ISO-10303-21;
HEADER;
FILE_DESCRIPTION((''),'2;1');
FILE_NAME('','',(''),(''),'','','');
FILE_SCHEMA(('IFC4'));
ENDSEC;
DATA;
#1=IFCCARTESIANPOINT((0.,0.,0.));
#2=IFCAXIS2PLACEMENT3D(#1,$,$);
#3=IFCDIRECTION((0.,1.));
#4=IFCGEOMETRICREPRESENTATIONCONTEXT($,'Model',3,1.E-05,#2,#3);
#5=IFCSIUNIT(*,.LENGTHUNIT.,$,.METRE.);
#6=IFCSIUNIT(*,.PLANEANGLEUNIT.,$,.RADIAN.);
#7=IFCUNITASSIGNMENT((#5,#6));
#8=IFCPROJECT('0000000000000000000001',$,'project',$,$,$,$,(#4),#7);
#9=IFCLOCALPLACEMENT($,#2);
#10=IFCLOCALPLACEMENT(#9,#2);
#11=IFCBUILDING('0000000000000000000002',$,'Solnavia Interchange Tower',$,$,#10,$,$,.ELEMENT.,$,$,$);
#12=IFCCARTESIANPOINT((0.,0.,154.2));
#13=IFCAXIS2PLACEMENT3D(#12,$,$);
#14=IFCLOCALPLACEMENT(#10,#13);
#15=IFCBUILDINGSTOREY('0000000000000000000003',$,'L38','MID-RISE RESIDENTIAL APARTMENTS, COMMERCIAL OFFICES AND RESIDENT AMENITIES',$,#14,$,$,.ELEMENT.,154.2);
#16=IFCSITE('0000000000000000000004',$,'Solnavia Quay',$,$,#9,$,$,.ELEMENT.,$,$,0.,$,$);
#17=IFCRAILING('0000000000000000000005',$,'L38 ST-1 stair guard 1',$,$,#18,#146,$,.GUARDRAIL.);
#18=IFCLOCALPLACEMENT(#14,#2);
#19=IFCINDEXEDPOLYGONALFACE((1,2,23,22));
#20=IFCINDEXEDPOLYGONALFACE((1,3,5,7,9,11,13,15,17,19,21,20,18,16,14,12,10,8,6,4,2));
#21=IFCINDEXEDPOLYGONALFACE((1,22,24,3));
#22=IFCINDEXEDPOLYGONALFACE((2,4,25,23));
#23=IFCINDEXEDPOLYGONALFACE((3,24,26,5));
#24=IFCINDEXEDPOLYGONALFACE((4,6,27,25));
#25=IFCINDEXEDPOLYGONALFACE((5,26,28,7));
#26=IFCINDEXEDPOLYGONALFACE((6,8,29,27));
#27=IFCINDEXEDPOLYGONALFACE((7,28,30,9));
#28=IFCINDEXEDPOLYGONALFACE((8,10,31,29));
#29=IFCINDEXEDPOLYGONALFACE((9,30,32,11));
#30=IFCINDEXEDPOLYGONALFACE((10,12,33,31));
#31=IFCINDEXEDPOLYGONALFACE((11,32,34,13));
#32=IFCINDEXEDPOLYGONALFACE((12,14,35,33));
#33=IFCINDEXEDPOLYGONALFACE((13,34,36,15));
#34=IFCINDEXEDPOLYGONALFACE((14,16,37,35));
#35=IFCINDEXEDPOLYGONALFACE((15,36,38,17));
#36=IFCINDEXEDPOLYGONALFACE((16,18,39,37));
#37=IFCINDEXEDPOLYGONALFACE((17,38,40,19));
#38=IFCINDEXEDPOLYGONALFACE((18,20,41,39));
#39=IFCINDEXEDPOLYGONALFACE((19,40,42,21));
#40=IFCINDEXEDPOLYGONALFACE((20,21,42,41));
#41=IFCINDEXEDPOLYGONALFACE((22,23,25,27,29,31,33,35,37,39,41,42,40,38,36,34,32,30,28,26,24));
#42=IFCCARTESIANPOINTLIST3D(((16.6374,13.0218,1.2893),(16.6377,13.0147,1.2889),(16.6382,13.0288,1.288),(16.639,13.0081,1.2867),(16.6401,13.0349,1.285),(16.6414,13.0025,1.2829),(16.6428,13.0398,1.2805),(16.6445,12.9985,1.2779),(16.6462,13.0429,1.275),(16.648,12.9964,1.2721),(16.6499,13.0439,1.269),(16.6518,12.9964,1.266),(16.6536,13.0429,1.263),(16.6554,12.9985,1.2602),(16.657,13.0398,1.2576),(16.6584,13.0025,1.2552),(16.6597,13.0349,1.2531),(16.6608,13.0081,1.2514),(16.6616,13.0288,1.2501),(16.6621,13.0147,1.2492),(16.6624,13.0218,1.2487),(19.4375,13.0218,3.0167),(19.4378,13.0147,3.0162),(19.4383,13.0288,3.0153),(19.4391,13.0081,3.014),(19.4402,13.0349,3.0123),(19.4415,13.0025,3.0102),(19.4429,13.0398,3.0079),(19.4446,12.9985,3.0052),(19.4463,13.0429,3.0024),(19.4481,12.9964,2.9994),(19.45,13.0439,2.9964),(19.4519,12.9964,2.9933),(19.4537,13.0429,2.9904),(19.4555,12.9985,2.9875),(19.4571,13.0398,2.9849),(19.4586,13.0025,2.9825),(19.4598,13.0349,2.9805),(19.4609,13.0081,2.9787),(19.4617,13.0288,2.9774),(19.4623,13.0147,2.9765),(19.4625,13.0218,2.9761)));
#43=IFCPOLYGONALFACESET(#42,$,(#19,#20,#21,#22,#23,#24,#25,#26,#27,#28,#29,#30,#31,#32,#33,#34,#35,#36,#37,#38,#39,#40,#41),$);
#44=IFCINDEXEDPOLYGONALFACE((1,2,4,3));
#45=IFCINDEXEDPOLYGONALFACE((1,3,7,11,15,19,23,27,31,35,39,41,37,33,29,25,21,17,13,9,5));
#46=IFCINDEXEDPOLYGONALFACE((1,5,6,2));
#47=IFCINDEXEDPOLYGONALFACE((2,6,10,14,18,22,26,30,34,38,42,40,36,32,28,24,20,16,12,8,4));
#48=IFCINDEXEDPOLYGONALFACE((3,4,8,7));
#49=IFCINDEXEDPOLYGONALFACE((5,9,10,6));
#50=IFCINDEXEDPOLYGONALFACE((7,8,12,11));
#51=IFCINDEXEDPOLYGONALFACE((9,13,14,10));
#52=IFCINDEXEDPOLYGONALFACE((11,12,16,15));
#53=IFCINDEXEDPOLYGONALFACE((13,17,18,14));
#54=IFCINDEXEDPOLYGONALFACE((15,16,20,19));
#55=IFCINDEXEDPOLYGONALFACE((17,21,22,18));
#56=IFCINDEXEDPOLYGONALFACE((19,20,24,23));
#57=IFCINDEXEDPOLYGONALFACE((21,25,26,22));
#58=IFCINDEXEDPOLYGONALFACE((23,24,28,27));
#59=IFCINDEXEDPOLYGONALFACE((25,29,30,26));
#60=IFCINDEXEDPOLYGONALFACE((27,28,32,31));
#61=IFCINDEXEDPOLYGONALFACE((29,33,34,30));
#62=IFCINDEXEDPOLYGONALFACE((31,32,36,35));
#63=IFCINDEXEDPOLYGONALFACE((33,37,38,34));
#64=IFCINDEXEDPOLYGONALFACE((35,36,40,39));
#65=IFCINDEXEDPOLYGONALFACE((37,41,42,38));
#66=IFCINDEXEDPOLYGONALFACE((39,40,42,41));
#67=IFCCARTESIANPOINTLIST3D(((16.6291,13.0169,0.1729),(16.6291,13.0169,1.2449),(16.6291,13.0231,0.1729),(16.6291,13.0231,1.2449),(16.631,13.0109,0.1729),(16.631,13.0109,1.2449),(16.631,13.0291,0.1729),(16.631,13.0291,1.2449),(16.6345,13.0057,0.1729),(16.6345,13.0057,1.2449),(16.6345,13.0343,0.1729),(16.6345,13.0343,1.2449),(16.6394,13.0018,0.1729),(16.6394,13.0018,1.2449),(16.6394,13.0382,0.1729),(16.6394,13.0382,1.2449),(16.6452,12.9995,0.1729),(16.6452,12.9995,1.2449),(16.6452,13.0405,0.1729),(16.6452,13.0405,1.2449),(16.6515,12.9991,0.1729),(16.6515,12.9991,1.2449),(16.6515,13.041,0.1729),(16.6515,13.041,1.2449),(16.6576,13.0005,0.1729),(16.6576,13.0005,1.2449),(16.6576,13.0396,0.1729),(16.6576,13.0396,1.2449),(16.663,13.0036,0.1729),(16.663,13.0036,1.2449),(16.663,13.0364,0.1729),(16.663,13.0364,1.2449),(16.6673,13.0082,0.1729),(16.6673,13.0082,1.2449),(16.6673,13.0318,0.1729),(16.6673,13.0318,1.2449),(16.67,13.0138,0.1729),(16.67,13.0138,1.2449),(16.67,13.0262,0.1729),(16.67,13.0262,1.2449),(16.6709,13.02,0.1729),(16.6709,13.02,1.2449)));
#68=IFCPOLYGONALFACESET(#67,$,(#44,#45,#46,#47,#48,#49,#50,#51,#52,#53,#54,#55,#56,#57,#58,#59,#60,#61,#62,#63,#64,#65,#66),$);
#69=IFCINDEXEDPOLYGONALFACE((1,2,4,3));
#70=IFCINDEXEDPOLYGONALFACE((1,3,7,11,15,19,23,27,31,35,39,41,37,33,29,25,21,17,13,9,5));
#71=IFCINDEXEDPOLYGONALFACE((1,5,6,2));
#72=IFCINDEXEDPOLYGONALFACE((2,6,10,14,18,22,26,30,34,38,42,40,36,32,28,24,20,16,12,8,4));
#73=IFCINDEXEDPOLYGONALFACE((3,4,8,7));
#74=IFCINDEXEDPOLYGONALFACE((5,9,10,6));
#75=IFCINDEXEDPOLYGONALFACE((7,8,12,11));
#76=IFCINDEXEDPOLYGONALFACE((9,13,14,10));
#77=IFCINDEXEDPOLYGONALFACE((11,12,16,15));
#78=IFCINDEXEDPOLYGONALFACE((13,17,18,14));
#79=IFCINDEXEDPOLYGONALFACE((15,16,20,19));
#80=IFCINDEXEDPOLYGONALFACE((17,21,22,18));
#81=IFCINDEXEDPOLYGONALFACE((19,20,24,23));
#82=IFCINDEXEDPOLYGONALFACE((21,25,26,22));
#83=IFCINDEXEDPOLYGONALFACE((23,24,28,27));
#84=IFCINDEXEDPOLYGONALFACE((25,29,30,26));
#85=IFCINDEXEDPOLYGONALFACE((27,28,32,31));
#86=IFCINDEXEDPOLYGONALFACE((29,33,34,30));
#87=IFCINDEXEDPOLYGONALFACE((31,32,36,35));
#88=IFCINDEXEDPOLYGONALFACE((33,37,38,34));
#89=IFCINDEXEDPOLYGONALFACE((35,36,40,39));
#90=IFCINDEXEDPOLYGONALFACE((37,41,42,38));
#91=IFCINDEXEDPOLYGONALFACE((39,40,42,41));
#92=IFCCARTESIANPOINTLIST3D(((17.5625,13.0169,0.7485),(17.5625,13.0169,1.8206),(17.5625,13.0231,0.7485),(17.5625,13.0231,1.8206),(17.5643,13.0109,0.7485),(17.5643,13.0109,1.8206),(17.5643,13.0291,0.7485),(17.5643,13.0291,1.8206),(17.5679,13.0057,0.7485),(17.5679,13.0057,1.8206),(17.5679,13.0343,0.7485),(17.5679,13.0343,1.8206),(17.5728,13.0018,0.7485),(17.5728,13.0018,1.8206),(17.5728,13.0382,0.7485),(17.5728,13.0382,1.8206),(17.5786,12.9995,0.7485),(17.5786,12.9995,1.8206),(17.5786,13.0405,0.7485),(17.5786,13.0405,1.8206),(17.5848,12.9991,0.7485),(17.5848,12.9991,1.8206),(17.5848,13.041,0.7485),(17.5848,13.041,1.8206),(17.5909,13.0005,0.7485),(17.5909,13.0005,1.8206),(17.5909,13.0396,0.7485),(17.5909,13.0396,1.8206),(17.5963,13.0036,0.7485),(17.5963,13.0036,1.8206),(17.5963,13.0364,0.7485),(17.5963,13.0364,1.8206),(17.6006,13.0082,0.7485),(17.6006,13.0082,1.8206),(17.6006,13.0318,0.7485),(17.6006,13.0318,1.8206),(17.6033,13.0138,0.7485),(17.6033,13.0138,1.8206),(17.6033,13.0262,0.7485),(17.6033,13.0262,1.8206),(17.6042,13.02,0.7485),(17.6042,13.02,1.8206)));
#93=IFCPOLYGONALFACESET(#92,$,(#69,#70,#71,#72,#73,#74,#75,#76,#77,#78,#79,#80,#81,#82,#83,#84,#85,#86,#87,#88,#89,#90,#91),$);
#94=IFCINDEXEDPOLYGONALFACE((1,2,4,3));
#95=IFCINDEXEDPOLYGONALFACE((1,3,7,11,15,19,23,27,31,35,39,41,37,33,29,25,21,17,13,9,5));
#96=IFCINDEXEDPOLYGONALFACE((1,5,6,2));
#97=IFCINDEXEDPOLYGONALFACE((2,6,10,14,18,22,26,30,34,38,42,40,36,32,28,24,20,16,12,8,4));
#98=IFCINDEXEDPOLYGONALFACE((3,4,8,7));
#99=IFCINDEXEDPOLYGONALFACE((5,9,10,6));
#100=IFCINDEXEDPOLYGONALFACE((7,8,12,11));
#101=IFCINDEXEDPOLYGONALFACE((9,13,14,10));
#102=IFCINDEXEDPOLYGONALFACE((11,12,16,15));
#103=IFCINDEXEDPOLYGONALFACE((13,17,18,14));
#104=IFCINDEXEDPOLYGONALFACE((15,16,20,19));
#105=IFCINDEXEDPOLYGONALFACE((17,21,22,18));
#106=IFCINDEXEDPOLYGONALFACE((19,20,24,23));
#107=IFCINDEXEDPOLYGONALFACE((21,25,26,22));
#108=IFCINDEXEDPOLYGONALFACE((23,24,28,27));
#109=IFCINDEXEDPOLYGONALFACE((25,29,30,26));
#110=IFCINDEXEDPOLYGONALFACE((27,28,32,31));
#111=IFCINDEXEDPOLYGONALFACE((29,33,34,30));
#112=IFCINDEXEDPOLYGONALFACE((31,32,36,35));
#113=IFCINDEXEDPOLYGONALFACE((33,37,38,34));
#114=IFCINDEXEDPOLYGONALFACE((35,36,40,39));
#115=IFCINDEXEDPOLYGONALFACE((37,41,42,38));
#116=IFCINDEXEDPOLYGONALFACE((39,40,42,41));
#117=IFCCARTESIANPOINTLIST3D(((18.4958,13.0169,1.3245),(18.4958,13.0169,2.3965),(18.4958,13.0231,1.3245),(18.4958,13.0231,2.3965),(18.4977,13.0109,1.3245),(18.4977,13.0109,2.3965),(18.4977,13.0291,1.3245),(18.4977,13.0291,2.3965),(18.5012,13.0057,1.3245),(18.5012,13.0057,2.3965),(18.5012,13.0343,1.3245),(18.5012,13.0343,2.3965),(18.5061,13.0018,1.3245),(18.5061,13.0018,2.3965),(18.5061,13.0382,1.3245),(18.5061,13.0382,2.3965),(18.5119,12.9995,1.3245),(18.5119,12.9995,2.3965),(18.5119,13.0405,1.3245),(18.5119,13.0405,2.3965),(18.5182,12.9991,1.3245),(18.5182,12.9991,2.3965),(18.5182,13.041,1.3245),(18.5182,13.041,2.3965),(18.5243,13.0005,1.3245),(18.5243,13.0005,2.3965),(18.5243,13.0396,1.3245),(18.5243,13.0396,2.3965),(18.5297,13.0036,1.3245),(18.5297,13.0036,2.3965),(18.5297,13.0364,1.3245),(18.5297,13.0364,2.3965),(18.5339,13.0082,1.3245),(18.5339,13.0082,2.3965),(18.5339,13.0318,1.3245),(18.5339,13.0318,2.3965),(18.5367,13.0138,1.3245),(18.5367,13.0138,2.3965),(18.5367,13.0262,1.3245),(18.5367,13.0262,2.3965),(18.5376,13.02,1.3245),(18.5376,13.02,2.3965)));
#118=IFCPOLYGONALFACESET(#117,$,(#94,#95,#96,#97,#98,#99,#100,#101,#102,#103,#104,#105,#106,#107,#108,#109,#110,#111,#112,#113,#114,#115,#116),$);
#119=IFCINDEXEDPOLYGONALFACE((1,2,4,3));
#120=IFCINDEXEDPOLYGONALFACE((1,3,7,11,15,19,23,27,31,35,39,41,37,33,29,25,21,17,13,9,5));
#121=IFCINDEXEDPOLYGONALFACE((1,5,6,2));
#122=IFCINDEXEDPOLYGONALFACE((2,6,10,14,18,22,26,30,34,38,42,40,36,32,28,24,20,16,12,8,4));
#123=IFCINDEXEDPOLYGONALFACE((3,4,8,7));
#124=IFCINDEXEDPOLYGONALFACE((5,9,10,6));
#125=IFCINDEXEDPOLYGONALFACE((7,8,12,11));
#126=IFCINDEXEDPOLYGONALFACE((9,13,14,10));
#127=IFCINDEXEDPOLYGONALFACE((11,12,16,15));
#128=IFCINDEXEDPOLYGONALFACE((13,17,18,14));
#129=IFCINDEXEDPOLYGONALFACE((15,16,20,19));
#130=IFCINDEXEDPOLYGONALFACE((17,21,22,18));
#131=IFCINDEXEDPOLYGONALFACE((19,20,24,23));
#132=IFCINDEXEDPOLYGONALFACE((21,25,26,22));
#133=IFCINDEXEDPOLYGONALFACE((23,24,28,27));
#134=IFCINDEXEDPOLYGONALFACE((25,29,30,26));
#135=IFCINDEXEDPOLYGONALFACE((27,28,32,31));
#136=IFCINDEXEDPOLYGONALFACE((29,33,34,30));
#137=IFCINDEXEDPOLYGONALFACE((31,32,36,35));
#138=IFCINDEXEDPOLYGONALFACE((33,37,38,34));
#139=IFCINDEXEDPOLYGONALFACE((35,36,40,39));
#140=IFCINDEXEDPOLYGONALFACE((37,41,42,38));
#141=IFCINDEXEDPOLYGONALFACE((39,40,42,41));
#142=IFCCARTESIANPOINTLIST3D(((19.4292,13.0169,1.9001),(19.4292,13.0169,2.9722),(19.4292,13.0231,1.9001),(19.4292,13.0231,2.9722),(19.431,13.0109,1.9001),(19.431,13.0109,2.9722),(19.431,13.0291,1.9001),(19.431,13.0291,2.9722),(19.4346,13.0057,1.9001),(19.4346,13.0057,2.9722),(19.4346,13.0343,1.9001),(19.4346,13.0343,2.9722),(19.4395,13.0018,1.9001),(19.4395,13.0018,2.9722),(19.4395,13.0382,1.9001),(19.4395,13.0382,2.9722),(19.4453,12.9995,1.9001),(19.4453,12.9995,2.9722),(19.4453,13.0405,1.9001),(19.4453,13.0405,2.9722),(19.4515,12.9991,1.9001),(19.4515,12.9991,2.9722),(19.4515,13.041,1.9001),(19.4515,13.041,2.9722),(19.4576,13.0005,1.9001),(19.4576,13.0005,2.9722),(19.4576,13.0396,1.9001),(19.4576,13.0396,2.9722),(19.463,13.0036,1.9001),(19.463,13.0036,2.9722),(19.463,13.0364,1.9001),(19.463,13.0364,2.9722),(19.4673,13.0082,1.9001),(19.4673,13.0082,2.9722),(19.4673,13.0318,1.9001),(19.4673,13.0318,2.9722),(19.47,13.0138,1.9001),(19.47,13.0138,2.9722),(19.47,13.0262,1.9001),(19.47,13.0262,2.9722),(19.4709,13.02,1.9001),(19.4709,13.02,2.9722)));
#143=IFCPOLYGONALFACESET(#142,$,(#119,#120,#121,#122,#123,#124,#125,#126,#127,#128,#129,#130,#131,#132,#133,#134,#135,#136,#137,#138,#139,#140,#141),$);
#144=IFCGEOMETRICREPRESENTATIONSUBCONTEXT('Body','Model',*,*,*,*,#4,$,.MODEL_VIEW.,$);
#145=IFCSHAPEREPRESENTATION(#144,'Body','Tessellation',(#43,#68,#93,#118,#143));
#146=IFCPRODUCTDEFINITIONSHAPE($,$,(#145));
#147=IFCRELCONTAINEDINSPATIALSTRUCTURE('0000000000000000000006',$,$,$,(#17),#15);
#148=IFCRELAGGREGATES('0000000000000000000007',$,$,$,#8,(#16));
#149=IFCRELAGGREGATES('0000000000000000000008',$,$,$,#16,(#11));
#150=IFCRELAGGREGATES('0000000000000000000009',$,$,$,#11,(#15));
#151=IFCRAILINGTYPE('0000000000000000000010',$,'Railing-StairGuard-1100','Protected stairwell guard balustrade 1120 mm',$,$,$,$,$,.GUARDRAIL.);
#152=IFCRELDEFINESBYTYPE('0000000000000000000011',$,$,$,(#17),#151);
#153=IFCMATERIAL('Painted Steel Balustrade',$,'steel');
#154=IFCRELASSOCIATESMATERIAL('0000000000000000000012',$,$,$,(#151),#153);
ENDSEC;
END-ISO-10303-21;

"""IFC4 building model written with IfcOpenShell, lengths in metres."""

from ifc_helpers import new_model, si_unit, direction, frame, origin, origin_2d, place, context, subcontext, project, spatial, circle, extrude, material, type_object, element, save


model = new_model("IFC4")

# Units and contexts
model_context = context("Model", 3, precision=1e-05, world=origin(), true_north=direction((0.0, 1.0)))
body_context = subcontext(model_context, "Body", "Model", "MODEL_VIEW")
ifc_project = project(units=[si_unit("LENGTHUNIT", "METRE"), si_unit("PLANEANGLEUNIT", "RADIAN")], contexts=[model_context])

# Site, building, storey
site_placement = place(None, origin())
site = spatial("IfcSite", under=ifc_project, at=site_placement, Name="Solnavia Quay", CompositionType="ELEMENT", RefElevation=0.0)
building_placement = place(site_placement, origin())
building = spatial("IfcBuilding", under=site, at=building_placement, Name="Solnavia Interchange Tower", CompositionType="ELEMENT")
storey_placement = place(building_placement, frame((0.0, 0.0, 154.2)))
storey = spatial("IfcBuildingStorey", under=building, at=storey_placement, Name="L38", Description="MID-RISE RESIDENTIAL APARTMENTS, COMMERCIAL OFFICES AND RESIDENT AMENITIES", CompositionType="ELEMENT", Elevation=154.2)

# Railing
ifc_material_1 = material(Name="Painted Steel Balustrade", Category="steel")
railing_type_1 = type_object("IfcRailingType", Name="Railing-StairGuard-1100", Description="Protected stairwell guard balustrade 1120 mm", PredefinedType="GUARDRAIL", material=ifc_material_1)
railing_1_placement = place(storey_placement, frame((16.6499, 13.02, 0.1729)))
element("IfcRailing", 1, at=railing_1_placement, inside=storey, type_object=railing_type_1, Name="L38 ST-1 stair guard 1", PredefinedType="GUARDRAIL", context=body_context, shape_type="SweptSolid", body=[
    extrude(circle(Radius=0.0239, at=origin_2d()), frame((0.0, 0.0, 1.0962), z_axis=(0.85109, 0.0, 0.52502), x_axis=(0.0, 1.0, 0.0)), (0.0, 0.0, 1.0), 3.29),
    extrude(circle(Radius=0.021, at=origin_2d()), origin(), (0.0, 0.0, 1.0), 1.072),
    extrude(circle(Radius=0.021, at=origin_2d()), frame((0.9333, 0.0, 0.5757)), (0.0, 0.0, 1.0), 1.072),
    extrude(circle(Radius=0.021, at=origin_2d()), frame((1.8667, 0.0, 1.1516)), (0.0, 0.0, 1.0), 1.072),
    extrude(circle(Radius=0.021, at=origin_2d()), frame((2.8, 0.0, 1.7273)), (0.0, 0.0, 1.0), 1.072),
])

save(model, "model.ifc")
